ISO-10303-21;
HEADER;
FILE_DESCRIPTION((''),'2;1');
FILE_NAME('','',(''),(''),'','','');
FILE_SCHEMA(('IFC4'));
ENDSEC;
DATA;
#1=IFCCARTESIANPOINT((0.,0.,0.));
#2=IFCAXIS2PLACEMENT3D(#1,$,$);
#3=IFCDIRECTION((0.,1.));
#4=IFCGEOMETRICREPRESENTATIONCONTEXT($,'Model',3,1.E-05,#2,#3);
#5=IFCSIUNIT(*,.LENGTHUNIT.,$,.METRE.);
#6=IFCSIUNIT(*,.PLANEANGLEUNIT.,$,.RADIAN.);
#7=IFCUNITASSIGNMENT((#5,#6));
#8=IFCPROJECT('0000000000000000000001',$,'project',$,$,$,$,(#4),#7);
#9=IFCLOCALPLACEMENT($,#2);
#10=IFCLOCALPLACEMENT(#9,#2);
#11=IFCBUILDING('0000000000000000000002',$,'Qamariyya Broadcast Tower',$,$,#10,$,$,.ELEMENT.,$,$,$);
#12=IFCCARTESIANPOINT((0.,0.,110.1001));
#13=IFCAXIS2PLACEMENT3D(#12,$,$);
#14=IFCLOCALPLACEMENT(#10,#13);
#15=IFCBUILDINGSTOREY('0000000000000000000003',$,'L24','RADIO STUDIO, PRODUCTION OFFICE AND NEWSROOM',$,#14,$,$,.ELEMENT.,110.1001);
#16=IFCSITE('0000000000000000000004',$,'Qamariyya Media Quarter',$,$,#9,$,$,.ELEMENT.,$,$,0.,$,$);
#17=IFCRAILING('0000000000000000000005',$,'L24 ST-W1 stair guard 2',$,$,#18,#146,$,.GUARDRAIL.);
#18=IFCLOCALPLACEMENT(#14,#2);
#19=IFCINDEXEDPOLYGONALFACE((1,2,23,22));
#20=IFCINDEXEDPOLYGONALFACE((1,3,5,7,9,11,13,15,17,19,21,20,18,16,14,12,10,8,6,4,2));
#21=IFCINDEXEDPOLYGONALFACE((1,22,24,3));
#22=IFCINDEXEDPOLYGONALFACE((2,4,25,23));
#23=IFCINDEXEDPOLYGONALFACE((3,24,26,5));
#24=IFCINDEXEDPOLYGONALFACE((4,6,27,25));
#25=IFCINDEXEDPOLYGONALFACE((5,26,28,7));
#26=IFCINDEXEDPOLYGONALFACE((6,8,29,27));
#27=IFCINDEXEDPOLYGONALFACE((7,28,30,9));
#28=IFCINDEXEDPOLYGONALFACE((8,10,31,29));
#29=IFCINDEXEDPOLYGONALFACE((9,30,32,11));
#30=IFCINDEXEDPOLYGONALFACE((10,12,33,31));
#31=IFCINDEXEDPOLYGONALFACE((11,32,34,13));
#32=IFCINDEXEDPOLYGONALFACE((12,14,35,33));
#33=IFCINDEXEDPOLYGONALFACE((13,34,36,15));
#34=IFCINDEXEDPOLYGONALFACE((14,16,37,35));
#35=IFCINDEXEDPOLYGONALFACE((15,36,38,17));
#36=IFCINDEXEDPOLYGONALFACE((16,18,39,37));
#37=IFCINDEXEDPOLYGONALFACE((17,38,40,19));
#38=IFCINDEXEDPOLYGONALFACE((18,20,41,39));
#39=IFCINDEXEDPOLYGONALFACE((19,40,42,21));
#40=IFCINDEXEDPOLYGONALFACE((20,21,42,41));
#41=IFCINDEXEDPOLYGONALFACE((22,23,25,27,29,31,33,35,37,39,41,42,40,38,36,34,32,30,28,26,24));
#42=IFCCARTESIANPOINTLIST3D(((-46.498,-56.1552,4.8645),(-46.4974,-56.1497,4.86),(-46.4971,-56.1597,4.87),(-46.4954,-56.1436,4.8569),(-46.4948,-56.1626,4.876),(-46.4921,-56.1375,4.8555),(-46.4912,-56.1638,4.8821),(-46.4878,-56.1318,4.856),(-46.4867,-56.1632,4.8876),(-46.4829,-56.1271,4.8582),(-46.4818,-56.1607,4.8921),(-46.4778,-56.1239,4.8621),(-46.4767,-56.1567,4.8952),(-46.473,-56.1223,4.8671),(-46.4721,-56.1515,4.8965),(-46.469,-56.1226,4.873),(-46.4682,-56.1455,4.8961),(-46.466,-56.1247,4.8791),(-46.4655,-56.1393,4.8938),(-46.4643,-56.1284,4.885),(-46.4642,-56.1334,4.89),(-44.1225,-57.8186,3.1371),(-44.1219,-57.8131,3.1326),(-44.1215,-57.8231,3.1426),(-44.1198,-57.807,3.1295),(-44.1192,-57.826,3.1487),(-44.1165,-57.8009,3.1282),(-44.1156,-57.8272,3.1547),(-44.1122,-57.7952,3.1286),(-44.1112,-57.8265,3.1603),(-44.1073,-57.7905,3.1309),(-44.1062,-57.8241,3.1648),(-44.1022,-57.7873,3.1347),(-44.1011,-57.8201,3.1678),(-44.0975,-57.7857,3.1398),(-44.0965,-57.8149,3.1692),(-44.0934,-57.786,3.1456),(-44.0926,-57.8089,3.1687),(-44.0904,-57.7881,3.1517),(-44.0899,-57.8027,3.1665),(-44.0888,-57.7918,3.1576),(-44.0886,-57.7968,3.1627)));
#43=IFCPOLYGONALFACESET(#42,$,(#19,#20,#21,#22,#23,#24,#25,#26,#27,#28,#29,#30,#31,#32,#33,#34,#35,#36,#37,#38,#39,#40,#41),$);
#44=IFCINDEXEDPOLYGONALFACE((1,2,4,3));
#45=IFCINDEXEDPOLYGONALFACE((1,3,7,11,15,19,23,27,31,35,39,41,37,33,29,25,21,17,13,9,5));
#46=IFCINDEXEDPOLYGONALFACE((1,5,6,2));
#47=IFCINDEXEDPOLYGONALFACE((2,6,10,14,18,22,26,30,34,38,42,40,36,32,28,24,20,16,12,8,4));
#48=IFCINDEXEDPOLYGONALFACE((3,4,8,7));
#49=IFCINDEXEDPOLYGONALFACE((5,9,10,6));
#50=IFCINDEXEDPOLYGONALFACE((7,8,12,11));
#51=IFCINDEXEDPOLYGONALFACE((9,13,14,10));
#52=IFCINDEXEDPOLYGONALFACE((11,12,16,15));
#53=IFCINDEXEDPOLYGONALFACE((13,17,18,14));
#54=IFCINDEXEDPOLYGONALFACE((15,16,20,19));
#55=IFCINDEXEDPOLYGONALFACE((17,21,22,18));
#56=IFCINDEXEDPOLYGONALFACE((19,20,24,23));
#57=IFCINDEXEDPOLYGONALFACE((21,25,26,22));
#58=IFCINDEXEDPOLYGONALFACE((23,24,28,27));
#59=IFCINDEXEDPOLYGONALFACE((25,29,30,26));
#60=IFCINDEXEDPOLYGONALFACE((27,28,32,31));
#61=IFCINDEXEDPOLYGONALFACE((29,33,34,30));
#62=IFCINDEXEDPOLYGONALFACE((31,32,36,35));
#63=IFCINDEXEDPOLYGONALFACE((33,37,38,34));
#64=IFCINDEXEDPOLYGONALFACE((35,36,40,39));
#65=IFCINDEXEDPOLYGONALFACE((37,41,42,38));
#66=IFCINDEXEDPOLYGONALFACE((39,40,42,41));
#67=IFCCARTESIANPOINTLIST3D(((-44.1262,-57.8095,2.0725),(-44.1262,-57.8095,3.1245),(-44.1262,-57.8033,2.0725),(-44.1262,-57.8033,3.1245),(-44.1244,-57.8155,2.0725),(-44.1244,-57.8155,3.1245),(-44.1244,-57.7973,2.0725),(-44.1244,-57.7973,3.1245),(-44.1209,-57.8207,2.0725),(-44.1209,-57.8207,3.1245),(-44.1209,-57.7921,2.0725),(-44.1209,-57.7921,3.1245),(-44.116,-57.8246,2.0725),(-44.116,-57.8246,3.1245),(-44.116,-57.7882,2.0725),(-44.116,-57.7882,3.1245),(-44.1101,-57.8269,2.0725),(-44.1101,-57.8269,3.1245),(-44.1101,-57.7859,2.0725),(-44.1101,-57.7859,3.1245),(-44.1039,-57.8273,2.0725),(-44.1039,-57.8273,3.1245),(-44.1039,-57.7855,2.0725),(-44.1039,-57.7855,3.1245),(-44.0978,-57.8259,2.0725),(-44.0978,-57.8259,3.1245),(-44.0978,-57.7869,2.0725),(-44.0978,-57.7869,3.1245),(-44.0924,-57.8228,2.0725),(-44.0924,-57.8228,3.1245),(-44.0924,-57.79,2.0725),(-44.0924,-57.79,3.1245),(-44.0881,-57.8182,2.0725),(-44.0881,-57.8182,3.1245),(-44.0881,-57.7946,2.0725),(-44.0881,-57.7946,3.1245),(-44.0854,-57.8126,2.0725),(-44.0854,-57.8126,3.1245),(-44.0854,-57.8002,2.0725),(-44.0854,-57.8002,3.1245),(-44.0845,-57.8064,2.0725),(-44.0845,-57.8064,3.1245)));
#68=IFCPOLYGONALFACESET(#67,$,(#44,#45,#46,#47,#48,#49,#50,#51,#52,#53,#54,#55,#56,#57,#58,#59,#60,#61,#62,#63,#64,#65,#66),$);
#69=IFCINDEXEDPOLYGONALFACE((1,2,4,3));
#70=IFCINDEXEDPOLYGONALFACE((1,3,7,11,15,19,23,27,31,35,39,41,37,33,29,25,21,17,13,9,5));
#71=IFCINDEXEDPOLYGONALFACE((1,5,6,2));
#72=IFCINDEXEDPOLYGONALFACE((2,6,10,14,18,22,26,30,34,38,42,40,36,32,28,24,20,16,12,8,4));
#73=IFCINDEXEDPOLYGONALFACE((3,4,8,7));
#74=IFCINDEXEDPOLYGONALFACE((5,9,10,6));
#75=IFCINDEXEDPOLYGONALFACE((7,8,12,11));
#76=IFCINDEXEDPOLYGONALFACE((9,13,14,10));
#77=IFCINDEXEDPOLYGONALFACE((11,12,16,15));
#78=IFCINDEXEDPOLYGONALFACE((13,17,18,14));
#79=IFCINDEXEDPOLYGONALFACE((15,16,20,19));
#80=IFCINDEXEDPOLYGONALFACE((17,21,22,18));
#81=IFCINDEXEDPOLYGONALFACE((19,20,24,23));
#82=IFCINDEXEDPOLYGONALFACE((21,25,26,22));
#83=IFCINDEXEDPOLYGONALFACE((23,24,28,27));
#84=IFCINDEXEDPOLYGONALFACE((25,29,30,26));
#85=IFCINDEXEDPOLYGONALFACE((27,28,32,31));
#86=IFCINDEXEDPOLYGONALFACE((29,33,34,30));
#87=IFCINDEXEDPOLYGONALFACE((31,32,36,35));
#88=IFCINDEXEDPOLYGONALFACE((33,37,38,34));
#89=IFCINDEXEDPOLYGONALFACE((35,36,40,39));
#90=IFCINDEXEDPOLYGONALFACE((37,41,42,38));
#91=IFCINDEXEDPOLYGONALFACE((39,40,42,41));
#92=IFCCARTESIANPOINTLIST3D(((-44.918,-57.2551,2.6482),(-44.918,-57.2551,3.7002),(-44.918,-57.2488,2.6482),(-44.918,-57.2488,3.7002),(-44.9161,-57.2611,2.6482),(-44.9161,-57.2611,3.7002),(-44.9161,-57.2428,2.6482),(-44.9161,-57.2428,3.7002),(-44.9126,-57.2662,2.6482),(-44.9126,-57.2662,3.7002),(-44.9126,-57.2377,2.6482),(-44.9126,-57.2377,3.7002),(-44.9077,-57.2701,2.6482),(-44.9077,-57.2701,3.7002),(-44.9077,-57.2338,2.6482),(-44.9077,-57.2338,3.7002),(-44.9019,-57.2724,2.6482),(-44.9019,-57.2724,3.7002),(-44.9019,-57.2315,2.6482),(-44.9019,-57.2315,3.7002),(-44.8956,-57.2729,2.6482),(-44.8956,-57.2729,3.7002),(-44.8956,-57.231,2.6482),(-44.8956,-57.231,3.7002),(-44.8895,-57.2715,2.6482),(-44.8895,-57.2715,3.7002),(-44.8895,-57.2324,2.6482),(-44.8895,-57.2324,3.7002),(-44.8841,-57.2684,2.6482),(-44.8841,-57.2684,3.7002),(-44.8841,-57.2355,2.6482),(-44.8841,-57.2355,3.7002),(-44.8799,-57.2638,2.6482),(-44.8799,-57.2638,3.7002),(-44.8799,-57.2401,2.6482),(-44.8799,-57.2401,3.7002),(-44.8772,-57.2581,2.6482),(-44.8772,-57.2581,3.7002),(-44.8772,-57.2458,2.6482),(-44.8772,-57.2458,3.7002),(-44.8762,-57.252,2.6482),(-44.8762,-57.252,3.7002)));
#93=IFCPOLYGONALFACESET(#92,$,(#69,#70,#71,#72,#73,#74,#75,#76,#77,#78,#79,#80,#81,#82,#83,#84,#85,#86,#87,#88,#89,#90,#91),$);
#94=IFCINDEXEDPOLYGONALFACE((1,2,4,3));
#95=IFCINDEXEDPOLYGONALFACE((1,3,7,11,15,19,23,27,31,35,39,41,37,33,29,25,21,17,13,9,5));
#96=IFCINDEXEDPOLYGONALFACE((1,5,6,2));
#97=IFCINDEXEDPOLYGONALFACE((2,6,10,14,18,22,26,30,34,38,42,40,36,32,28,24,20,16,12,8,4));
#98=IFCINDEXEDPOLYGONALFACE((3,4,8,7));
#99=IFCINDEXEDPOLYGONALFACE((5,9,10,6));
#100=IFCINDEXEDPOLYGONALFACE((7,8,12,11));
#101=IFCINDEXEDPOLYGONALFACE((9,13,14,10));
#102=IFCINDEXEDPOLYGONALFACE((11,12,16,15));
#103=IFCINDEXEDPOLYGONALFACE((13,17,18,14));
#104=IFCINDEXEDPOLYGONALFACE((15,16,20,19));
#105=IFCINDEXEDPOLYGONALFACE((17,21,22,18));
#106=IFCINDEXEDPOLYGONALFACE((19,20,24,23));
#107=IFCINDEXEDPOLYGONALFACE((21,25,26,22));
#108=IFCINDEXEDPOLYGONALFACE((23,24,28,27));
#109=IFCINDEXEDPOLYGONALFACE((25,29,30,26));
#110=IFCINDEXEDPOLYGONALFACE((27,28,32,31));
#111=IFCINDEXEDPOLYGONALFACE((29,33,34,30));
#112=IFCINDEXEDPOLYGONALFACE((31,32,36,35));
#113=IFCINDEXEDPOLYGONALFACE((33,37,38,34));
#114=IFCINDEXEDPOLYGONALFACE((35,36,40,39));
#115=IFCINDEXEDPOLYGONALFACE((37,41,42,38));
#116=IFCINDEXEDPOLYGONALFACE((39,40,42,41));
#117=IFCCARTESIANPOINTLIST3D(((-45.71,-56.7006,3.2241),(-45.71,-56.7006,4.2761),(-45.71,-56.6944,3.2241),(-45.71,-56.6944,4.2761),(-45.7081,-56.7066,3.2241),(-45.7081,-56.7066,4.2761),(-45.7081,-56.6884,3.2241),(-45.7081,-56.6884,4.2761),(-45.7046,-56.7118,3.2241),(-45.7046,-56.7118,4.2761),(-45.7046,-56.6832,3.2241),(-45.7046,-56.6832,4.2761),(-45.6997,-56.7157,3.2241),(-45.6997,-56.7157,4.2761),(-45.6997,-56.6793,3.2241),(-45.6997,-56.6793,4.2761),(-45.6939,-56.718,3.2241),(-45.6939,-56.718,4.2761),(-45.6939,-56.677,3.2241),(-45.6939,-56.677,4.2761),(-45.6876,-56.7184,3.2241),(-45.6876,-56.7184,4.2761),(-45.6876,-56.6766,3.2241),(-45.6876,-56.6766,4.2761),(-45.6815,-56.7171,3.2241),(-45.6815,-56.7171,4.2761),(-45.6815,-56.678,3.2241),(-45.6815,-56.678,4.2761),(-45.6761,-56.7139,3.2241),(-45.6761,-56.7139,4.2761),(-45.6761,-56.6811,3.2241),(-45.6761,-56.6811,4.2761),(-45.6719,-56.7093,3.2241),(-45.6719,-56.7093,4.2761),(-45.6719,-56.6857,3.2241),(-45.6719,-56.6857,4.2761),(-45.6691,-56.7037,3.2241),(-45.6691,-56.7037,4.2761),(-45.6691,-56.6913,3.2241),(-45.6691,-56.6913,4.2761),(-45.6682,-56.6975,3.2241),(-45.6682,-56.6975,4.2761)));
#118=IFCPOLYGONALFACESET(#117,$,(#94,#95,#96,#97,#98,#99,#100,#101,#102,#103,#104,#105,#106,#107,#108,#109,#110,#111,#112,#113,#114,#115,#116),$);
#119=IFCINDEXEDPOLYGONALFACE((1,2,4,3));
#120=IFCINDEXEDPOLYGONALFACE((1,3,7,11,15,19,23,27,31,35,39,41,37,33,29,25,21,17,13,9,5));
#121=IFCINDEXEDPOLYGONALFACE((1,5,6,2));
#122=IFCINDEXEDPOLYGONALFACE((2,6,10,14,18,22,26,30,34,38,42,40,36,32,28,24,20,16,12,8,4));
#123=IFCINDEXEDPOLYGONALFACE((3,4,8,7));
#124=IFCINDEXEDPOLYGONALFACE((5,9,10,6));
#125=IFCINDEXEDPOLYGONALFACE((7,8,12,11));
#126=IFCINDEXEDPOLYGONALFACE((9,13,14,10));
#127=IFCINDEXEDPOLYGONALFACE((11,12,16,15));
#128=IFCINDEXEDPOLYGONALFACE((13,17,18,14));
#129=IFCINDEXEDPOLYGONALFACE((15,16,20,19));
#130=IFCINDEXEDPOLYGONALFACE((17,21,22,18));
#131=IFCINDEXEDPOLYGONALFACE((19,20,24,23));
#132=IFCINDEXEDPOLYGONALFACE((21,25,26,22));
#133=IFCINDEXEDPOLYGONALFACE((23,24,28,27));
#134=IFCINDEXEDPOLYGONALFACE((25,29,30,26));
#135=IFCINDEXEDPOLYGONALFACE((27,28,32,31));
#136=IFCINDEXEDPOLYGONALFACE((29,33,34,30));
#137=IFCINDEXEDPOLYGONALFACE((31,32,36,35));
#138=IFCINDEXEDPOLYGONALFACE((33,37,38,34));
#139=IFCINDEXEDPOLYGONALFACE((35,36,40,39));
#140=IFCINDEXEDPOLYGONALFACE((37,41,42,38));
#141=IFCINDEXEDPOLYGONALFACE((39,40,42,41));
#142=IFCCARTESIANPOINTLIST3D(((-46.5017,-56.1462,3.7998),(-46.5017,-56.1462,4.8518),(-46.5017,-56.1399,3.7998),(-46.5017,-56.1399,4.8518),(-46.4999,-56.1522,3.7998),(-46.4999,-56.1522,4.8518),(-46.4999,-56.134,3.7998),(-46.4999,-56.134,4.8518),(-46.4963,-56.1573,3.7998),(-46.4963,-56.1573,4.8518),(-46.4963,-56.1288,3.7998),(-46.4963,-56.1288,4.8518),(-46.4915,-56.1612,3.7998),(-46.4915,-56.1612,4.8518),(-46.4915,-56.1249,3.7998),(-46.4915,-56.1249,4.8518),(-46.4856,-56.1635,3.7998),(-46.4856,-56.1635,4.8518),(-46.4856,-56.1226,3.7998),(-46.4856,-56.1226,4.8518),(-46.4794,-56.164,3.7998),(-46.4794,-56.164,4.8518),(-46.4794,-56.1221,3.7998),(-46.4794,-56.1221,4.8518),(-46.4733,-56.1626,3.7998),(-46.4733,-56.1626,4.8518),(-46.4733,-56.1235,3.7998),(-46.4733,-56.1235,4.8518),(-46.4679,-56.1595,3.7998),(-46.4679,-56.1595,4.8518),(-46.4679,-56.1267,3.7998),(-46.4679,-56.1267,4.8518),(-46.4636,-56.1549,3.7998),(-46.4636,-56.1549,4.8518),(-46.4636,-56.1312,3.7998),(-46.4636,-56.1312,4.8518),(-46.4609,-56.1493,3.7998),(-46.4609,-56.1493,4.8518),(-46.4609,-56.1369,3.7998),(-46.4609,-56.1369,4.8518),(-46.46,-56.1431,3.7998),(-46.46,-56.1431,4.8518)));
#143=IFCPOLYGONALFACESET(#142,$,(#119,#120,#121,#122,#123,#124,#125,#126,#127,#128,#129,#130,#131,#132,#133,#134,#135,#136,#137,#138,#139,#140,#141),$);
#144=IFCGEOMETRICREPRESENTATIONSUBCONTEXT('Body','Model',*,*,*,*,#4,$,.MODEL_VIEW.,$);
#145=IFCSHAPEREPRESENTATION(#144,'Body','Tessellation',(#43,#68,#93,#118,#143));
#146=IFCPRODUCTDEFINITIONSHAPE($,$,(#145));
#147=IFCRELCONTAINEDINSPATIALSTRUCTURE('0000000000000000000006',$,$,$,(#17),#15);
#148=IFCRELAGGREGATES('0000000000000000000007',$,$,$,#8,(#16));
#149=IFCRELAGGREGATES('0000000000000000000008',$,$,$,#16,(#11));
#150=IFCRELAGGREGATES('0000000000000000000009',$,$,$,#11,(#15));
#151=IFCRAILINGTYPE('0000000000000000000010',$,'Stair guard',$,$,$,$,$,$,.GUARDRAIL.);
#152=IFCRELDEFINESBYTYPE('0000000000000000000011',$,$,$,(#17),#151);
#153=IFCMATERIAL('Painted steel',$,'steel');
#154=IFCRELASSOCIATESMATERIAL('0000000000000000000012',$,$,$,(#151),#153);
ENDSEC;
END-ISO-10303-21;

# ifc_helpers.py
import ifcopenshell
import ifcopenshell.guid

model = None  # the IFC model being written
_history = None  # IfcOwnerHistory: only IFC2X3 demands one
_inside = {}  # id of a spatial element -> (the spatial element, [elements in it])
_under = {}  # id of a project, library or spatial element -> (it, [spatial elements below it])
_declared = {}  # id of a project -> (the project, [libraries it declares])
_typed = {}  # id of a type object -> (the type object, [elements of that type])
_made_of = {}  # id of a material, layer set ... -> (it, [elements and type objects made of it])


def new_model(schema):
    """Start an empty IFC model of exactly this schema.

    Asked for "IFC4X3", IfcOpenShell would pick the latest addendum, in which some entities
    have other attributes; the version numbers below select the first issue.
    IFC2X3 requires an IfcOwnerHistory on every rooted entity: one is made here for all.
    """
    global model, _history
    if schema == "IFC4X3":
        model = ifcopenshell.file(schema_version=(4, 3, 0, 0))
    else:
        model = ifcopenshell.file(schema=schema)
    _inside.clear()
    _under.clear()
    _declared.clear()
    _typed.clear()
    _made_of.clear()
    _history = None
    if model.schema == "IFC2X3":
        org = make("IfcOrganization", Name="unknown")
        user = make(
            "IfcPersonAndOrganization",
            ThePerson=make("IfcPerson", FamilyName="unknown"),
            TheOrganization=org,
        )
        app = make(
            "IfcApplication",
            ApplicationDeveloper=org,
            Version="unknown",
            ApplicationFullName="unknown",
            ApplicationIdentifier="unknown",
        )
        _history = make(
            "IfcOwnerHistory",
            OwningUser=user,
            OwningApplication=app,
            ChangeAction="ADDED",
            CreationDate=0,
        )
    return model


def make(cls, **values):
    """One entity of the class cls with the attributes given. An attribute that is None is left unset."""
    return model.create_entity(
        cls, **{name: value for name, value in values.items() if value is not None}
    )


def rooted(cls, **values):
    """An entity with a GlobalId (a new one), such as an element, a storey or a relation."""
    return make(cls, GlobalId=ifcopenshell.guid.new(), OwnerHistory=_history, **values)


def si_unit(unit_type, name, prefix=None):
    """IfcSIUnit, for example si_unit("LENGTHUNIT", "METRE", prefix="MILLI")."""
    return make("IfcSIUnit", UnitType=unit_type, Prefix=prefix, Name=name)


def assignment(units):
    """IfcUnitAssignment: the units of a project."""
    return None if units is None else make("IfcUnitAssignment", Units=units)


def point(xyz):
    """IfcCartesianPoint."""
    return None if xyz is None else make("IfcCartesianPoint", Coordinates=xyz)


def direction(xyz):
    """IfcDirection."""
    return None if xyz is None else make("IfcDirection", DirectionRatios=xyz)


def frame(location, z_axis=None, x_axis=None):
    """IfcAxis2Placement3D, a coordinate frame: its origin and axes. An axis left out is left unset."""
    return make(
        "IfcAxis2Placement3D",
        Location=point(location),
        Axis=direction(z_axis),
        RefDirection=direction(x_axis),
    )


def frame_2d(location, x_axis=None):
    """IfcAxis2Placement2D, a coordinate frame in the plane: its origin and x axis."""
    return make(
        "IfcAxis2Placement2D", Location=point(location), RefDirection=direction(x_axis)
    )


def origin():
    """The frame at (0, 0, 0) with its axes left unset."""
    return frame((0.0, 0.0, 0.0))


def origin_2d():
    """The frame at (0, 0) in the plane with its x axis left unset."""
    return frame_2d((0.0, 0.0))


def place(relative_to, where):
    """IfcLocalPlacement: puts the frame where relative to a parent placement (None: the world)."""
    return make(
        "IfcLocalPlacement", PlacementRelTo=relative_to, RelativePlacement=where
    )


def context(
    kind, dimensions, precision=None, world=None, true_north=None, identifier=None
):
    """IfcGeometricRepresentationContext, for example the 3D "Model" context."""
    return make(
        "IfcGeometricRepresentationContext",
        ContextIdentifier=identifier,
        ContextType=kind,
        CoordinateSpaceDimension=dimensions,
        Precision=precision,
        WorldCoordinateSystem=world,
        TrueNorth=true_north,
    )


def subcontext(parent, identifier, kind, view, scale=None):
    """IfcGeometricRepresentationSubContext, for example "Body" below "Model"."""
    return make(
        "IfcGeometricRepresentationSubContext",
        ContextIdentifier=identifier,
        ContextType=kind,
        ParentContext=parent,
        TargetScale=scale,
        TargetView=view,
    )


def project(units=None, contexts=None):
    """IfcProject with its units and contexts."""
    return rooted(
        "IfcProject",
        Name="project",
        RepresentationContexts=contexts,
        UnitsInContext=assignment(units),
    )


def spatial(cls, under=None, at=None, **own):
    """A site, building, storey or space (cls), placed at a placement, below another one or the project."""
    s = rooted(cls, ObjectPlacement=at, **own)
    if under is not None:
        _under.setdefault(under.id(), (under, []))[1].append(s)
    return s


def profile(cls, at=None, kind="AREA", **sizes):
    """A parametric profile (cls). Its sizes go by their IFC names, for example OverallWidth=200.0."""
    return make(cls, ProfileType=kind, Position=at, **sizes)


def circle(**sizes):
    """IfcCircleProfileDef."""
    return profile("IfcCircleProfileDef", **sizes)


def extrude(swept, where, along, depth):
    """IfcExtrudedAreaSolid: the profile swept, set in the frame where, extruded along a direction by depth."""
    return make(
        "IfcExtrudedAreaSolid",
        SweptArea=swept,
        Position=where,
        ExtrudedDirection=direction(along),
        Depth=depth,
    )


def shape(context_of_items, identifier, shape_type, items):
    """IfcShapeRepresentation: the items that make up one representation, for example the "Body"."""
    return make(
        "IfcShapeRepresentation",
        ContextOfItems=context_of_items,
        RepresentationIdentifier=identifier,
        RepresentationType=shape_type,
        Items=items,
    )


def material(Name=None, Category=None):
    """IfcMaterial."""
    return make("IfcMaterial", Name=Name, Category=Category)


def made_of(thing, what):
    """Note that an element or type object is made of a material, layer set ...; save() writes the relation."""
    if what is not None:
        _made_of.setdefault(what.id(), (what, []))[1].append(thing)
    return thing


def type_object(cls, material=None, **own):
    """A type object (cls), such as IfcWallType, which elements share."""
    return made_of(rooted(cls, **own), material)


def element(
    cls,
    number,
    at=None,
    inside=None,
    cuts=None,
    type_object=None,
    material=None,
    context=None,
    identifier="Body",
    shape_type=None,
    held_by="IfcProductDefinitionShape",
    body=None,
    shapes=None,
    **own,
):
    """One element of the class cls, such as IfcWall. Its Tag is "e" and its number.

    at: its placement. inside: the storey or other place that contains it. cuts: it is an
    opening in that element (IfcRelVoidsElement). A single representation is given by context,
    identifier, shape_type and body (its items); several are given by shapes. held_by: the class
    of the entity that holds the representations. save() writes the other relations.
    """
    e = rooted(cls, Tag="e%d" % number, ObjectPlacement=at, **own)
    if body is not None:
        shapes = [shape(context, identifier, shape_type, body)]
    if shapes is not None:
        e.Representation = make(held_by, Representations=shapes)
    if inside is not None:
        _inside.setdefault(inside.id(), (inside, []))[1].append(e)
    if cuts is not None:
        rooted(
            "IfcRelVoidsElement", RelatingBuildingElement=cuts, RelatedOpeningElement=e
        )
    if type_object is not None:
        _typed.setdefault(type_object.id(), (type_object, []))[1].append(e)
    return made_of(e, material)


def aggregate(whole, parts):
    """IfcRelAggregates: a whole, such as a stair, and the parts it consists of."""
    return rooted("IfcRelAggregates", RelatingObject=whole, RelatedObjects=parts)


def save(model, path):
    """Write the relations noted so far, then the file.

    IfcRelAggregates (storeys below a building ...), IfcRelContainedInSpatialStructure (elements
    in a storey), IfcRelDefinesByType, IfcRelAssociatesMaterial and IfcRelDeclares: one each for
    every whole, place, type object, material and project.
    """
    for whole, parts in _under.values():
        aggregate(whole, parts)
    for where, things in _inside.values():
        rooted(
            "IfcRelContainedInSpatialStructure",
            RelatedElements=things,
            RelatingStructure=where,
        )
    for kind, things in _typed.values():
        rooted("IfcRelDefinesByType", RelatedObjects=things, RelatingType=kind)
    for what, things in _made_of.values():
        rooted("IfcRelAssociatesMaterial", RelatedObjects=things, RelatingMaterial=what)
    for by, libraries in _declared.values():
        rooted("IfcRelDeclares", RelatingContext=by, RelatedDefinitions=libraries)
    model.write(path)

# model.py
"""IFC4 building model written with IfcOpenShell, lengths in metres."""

from ifc_helpers import new_model, si_unit, direction, frame, origin, origin_2d, place, context, subcontext, project, spatial, circle, extrude, material, type_object, element, save


model = new_model("IFC4")

# Units and contexts
model_context = context("Model", 3, precision=1e-05, world=origin(), true_north=direction((0.0, 1.0)))
body_context = subcontext(model_context, "Body", "Model", "MODEL_VIEW")
ifc_project = project(units=[si_unit("LENGTHUNIT", "METRE"), si_unit("PLANEANGLEUNIT", "RADIAN")], contexts=[model_context])

# Site, building, storey
site_placement = place(None, origin())
site = spatial("IfcSite", under=ifc_project, at=site_placement, Name="Qamariyya Media Quarter", CompositionType="ELEMENT", RefElevation=0.0)
building_placement = place(site_placement, origin())
building = spatial("IfcBuilding", under=site, at=building_placement, Name="Qamariyya Broadcast Tower", CompositionType="ELEMENT")
storey_placement = place(building_placement, frame((0.0, 0.0, 110.1001)))
storey = spatial("IfcBuildingStorey", under=building, at=storey_placement, Name="L24", Description="RADIO STUDIO, PRODUCTION OFFICE AND NEWSROOM", CompositionType="ELEMENT", Elevation=110.1001)

# Railing
ifc_material_1 = material(Name="Painted steel", Category="steel")
railing_type_1 = type_object("IfcRailingType", Name="Stair guard", PredefinedType="GUARDRAIL", material=ifc_material_1)
railing_1_placement = place(storey_placement, frame((-44.1055, -57.8064, 2.0725)))
element("IfcRailing", 1, at=railing_1_placement, inside=storey, type_object=railing_type_1, Name="L24 ST-W1 stair guard 2", PredefinedType="GUARDRAIL", context=body_context, shape_type="SweptSolid", body=[
    extrude(circle(Radius=0.0239, at=origin_2d()), frame((0.0, 0.0, 1.0762), z_axis=(-0.70377, 0.492784, 0.511734), x_axis=(-0.573575, -0.819153, 0.0)), (0.0, 0.0, 1.0), 3.3755),
    extrude(circle(Radius=0.021, at=origin_2d()), origin(), (0.0, 0.0, 1.0), 1.052),
    extrude(circle(Radius=0.021, at=origin_2d()), frame((-0.7917, 0.5544, 0.5757)), (0.0, 0.0, 1.0), 1.052),
    extrude(circle(Radius=0.021, at=origin_2d()), frame((-1.5837, 1.1089, 1.1516)), (0.0, 0.0, 1.0), 1.052),
    extrude(circle(Radius=0.021, at=origin_2d()), frame((-2.3755, 1.6633, 1.7273)), (0.0, 0.0, 1.0), 1.052),
])

save(model, "model.ifc")
